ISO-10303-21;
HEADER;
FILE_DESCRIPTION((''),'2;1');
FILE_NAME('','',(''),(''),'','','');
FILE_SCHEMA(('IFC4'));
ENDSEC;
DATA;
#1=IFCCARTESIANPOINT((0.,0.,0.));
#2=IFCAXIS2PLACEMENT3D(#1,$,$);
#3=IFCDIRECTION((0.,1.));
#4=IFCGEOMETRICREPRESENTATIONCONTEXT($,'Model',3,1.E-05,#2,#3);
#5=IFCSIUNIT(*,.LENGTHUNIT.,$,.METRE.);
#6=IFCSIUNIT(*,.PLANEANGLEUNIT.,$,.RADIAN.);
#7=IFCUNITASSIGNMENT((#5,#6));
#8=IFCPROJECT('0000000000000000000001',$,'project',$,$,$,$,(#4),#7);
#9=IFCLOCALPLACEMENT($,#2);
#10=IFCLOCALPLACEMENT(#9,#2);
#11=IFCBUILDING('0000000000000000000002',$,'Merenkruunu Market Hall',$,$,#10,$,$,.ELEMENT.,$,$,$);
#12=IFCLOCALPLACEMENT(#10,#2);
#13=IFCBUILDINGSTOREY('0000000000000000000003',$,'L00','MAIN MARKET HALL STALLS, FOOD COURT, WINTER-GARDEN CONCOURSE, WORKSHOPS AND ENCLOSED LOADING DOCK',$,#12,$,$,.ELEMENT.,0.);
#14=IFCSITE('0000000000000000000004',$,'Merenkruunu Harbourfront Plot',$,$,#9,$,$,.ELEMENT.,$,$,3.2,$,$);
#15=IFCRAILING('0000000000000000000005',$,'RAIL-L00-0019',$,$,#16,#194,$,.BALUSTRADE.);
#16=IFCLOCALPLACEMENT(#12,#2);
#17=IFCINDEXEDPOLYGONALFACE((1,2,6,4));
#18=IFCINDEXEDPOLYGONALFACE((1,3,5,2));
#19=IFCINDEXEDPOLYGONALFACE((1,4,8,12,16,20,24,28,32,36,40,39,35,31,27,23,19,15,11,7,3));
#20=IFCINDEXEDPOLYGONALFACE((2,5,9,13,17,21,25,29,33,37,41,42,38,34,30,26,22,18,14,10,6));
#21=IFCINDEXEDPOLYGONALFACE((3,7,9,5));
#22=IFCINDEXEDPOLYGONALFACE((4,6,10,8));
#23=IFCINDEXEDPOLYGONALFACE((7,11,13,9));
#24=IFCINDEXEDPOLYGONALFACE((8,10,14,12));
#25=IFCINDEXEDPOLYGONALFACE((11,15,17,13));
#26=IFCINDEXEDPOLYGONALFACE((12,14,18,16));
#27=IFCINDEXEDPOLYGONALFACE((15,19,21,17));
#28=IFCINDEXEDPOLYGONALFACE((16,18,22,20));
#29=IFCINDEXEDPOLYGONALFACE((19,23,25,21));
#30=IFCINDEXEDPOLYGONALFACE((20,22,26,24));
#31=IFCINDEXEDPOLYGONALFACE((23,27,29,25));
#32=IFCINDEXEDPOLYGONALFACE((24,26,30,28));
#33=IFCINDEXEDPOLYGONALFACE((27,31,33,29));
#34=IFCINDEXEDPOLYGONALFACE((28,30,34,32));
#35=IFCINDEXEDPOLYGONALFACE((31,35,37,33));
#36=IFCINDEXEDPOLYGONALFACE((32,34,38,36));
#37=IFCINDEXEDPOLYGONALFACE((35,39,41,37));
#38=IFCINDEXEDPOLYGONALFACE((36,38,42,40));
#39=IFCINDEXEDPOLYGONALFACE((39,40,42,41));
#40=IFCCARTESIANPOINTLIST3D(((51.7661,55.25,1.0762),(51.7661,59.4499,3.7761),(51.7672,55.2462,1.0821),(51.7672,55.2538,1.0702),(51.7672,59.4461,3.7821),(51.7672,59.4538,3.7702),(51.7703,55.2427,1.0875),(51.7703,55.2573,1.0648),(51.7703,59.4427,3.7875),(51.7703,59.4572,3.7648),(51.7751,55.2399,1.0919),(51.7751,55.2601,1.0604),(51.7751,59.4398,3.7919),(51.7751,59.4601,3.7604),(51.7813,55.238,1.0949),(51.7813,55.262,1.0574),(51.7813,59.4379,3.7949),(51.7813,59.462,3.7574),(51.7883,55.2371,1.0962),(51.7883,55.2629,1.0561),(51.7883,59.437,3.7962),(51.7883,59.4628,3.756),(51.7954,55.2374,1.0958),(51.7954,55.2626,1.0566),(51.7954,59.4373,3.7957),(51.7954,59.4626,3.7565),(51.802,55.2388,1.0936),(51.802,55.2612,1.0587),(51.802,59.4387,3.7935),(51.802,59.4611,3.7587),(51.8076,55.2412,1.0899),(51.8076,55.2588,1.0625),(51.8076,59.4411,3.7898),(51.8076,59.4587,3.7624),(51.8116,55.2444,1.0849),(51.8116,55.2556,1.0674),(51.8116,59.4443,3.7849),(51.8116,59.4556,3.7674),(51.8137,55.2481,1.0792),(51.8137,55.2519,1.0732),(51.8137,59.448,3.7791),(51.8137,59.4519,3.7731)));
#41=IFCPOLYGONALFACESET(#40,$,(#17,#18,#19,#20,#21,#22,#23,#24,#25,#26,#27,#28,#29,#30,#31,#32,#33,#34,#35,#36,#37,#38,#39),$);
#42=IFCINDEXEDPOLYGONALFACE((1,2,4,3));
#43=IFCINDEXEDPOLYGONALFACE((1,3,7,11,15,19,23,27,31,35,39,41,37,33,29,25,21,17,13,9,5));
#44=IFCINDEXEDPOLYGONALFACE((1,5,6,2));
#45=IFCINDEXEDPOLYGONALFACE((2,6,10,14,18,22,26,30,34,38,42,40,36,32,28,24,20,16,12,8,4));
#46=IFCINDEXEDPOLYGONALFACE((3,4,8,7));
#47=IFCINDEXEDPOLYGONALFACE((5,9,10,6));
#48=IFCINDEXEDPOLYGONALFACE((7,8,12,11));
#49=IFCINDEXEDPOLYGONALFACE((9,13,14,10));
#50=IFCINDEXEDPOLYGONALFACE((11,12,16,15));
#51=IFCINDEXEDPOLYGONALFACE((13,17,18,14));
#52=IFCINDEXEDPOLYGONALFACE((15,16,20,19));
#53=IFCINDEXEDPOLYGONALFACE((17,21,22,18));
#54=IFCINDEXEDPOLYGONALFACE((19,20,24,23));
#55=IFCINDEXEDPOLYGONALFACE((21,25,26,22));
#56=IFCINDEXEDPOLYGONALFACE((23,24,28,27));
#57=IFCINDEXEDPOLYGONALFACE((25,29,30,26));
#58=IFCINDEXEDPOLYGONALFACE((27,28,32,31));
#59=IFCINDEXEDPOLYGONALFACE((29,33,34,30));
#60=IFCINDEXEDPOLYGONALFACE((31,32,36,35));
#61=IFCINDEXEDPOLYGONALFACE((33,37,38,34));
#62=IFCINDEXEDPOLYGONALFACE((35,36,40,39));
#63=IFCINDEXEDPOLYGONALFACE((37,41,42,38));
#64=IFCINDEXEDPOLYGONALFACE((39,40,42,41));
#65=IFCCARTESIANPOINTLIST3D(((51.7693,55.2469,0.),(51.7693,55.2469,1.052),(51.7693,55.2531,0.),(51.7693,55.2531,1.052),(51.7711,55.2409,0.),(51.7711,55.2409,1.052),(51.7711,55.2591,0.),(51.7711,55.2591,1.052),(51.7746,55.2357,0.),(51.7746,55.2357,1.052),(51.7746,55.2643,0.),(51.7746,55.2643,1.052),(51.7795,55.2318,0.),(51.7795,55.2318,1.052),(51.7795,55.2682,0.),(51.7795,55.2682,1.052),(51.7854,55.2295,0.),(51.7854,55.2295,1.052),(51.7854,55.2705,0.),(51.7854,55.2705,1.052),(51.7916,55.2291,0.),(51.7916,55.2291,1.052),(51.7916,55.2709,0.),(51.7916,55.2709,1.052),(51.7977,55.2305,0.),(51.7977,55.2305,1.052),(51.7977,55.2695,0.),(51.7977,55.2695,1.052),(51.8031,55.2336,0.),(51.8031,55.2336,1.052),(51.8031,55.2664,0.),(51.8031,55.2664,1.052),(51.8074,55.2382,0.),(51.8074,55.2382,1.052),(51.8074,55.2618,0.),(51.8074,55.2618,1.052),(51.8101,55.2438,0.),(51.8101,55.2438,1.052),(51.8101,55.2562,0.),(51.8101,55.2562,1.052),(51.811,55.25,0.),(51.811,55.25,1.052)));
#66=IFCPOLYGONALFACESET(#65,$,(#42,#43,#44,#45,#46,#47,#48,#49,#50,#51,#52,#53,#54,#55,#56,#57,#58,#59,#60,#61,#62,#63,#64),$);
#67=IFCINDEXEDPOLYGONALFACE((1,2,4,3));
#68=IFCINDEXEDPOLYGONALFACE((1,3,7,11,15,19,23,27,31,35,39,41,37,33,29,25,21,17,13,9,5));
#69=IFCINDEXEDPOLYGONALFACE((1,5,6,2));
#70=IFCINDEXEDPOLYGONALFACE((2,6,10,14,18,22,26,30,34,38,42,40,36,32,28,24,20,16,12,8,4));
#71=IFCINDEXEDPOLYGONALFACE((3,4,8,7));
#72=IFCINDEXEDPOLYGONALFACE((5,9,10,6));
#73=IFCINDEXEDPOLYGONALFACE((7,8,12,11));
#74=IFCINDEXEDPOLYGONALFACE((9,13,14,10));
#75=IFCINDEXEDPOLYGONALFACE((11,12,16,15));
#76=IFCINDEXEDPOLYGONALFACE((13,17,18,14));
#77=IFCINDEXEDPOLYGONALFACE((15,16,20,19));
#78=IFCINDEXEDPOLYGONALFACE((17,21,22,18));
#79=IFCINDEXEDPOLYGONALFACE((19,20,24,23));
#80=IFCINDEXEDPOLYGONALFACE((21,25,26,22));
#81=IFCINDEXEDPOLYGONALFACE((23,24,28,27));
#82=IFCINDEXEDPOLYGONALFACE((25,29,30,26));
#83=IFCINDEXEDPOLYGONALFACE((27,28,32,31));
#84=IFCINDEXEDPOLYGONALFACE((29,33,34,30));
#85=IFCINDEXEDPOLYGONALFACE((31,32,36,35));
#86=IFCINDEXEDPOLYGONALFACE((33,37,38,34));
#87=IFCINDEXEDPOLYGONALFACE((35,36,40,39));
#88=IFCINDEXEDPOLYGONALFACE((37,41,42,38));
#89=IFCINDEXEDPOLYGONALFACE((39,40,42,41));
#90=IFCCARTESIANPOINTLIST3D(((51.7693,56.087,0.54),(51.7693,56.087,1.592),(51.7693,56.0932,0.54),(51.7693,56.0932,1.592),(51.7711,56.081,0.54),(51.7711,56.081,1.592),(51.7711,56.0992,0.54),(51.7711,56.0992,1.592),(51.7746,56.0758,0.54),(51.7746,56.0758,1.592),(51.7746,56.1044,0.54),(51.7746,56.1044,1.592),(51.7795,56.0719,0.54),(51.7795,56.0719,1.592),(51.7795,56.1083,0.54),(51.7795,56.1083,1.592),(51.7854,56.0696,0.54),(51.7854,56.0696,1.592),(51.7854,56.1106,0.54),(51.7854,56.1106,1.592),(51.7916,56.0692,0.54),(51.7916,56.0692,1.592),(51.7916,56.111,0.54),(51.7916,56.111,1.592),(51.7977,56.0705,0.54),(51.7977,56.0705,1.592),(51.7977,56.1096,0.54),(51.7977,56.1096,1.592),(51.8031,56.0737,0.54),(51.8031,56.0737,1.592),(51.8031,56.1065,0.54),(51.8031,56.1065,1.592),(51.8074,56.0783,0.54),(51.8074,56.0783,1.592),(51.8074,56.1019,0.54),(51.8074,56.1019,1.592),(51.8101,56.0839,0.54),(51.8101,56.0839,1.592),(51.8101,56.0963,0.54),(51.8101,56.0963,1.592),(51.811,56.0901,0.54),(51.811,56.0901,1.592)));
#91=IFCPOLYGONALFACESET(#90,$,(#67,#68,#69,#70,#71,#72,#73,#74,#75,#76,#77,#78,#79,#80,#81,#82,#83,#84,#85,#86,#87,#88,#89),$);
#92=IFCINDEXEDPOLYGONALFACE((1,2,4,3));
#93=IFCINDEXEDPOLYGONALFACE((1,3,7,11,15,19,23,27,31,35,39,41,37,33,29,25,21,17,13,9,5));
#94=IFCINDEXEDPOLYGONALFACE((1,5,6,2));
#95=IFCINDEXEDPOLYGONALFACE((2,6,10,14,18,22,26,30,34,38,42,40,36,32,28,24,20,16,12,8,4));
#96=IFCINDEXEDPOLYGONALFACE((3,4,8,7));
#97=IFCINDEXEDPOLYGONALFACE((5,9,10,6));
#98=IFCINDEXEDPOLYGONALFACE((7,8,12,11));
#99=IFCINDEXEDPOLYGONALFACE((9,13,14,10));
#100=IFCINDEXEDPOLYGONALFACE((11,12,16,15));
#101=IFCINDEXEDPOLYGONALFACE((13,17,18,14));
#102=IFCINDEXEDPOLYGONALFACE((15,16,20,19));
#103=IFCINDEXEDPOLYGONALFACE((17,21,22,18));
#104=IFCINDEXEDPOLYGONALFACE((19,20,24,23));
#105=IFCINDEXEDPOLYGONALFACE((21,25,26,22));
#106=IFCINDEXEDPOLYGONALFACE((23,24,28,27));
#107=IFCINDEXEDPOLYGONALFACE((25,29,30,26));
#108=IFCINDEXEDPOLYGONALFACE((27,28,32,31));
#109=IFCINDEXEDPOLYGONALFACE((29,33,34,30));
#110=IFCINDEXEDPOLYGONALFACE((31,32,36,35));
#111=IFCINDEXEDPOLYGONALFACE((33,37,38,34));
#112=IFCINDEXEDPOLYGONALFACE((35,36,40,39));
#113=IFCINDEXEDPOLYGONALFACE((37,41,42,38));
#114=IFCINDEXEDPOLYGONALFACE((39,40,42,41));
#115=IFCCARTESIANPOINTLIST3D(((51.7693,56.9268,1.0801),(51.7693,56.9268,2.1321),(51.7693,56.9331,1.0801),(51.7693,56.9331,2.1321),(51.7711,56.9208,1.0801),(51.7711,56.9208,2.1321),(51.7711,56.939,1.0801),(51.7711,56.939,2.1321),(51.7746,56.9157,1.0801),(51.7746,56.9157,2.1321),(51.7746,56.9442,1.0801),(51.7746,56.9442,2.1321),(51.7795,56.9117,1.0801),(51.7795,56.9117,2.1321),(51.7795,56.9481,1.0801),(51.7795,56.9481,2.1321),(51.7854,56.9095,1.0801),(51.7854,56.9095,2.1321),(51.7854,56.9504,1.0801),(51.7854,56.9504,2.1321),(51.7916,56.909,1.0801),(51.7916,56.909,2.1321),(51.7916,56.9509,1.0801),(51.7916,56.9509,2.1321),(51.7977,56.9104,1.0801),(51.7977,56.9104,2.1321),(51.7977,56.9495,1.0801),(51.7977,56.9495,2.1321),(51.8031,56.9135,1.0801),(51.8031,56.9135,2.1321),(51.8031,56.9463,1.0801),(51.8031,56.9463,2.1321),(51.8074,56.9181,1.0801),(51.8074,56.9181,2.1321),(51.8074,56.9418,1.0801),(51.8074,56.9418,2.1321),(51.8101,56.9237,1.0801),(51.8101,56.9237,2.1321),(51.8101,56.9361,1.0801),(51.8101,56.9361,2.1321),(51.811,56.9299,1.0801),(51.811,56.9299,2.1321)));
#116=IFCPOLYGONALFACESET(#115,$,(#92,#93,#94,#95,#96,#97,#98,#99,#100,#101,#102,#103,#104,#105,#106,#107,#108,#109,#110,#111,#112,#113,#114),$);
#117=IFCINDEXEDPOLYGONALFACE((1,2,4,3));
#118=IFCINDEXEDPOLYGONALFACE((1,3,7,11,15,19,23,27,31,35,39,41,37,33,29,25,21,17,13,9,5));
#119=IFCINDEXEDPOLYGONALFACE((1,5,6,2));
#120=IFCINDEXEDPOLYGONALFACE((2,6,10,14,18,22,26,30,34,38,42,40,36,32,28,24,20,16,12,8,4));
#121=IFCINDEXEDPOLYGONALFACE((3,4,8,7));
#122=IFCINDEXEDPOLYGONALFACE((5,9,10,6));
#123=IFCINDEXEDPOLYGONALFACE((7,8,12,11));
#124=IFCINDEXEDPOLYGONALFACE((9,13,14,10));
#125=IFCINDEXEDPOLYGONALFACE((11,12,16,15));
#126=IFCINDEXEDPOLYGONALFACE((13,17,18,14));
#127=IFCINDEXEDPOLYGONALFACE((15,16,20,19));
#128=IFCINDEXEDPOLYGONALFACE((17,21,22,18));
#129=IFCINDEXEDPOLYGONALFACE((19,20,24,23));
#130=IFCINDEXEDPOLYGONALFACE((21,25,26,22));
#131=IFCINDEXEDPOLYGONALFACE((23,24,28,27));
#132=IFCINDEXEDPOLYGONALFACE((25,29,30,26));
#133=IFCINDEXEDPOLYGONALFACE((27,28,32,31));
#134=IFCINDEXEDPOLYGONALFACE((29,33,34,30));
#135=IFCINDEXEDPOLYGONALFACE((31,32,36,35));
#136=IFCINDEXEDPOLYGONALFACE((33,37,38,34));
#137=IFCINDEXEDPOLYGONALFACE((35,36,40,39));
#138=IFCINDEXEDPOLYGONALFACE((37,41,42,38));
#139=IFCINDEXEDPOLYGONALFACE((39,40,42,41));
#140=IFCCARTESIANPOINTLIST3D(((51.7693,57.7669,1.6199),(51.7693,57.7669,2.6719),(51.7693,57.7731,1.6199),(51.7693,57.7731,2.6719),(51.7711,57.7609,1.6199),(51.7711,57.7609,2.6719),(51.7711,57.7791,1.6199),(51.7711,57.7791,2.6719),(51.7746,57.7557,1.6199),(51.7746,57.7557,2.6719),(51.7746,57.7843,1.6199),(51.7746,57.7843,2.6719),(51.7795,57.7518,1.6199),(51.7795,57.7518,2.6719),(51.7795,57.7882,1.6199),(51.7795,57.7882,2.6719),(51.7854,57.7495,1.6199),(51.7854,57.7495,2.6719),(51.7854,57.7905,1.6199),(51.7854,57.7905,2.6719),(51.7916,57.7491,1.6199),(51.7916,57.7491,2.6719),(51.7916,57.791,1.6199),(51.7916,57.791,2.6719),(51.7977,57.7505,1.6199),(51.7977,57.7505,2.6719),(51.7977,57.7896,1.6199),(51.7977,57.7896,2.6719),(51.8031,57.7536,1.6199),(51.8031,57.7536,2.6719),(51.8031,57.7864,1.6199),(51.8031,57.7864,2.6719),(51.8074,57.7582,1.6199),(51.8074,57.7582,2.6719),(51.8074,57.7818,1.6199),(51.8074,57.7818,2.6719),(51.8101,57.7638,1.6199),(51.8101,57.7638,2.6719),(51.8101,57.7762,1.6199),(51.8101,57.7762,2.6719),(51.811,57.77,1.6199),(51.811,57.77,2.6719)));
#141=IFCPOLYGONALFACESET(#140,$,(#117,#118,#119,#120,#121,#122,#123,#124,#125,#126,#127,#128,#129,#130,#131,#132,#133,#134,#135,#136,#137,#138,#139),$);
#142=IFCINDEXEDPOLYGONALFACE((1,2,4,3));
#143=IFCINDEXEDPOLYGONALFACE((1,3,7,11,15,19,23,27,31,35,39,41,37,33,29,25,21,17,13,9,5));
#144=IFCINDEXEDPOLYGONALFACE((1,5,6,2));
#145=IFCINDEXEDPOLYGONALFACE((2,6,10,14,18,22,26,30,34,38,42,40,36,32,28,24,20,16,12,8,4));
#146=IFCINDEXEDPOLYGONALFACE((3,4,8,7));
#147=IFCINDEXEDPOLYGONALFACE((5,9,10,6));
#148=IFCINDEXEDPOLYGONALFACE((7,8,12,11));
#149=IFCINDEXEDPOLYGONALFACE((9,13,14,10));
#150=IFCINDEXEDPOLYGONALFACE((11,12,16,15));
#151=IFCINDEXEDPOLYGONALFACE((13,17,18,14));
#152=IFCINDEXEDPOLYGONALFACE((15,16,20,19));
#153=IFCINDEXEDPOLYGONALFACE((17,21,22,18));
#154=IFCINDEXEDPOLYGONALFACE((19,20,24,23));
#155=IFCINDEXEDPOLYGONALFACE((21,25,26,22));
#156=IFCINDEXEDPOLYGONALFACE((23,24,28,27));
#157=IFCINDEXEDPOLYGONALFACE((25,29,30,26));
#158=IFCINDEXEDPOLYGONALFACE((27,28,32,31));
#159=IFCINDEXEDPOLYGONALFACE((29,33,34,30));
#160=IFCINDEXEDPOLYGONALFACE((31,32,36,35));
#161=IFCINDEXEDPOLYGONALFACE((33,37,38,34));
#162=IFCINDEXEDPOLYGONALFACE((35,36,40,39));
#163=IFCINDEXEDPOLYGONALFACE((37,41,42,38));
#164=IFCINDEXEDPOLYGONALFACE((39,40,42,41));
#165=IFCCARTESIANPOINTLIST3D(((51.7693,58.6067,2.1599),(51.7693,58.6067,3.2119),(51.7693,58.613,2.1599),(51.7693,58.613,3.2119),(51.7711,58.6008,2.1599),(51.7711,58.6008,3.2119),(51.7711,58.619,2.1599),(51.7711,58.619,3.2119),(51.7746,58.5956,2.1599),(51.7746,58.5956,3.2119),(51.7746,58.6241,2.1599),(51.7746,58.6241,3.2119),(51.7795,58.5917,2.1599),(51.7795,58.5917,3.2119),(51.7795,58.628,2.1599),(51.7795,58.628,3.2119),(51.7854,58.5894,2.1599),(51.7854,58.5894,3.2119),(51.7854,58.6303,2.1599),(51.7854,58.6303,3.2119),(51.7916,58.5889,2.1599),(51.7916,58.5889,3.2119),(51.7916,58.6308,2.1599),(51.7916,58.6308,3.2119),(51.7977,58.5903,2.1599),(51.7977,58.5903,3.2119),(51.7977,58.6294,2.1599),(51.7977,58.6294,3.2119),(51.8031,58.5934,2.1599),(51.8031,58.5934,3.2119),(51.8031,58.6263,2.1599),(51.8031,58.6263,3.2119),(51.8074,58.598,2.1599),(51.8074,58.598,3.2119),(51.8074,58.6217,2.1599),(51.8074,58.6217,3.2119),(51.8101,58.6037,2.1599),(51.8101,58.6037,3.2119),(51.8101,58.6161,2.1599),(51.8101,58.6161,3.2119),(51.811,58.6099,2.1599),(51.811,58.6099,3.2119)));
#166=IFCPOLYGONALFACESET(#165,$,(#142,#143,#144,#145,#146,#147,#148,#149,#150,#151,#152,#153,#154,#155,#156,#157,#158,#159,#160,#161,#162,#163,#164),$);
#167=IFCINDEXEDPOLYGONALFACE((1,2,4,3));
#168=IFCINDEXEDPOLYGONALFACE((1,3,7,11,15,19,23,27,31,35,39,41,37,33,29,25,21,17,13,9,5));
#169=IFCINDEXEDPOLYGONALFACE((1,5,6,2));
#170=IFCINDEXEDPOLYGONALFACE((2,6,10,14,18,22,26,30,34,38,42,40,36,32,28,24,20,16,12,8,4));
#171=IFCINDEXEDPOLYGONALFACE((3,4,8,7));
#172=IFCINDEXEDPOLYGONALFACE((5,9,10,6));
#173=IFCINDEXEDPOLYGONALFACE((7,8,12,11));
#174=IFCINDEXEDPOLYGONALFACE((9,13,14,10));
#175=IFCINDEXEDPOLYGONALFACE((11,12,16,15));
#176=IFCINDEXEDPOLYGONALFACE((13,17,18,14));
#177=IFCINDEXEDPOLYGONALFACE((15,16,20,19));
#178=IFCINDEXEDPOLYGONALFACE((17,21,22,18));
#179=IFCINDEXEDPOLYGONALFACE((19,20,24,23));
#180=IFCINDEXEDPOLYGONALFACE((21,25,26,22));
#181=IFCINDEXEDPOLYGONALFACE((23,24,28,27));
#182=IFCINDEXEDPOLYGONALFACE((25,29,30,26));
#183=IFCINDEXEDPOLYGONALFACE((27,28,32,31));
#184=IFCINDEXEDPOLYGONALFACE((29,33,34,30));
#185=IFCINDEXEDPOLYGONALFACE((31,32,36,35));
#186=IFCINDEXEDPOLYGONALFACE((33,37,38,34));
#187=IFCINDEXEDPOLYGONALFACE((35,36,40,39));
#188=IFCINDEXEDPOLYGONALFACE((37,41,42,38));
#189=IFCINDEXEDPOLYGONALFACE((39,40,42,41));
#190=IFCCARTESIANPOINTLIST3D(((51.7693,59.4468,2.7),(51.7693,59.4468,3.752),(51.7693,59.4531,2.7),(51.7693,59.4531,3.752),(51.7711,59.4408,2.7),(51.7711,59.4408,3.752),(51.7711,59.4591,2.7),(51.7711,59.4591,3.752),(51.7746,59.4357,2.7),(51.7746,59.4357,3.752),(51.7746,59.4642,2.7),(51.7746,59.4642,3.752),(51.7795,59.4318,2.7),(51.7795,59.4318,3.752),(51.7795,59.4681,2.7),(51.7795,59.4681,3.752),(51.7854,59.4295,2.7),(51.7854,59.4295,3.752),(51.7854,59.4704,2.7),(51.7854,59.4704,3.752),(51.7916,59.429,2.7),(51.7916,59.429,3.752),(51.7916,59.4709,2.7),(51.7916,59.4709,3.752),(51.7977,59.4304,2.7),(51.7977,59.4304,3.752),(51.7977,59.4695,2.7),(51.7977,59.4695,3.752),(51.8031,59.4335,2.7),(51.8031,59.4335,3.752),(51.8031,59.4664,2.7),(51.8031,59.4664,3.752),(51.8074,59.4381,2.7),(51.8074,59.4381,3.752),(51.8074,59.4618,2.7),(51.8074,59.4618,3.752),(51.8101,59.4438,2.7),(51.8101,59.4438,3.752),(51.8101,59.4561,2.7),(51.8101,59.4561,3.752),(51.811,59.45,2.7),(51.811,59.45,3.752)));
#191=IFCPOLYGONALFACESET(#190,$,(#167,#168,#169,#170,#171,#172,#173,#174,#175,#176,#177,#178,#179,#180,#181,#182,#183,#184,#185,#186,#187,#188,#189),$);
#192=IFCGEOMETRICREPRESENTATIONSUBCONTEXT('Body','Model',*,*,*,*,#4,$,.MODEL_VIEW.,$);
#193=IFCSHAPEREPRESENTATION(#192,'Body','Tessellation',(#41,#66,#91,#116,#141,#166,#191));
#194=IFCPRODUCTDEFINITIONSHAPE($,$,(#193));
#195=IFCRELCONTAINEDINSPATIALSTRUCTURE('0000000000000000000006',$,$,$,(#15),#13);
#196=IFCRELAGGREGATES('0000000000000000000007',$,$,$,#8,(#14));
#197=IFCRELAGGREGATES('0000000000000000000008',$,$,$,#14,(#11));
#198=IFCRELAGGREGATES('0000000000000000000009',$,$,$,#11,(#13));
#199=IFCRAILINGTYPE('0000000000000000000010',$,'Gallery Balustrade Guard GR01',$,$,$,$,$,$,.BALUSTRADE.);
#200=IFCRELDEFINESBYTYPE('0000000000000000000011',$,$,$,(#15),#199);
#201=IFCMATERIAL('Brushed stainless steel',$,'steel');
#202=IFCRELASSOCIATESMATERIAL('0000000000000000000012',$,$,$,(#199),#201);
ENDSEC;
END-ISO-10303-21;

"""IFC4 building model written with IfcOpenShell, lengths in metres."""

from ifc_helpers import new_model, si_unit, direction, frame, origin, origin_2d, place, context, subcontext, project, spatial, circle, extrude, material, type_object, element, save


model = new_model("IFC4")

# Units and contexts
model_context = context("Model", 3, precision=1e-05, world=origin(), true_north=direction((0.0, 1.0)))
body_context = subcontext(model_context, "Body", "Model", "MODEL_VIEW")
ifc_project = project(units=[si_unit("LENGTHUNIT", "METRE"), si_unit("PLANEANGLEUNIT", "RADIAN")], contexts=[model_context])

# Site, building, storey
site_placement = place(None, origin())
site = spatial("IfcSite", under=ifc_project, at=site_placement, Name="Merenkruunu Harbourfront Plot", CompositionType="ELEMENT", RefElevation=3.2)
building_placement = place(site_placement, origin())
building = spatial("IfcBuilding", under=site, at=building_placement, Name="Merenkruunu Market Hall", CompositionType="ELEMENT")
storey_placement = place(building_placement, origin())
storey = spatial("IfcBuildingStorey", under=building, at=storey_placement, Name="L00", Description="MAIN MARKET HALL STALLS, FOOD COURT, WINTER-GARDEN CONCOURSE, WORKSHOPS AND ENCLOSED LOADING DOCK", CompositionType="ELEMENT", Elevation=0.0)

# Railing
ifc_material_1 = material(Name="Brushed stainless steel", Category="steel")
railing_type_1 = type_object("IfcRailingType", Name="Gallery Balustrade Guard GR01", PredefinedType="BALUSTRADE", material=ifc_material_1)
railing_1_placement = place(storey_placement, frame((51.79, 55.25, 0.0)))
element("IfcRailing", 1, at=railing_1_placement, inside=storey, type_object=railing_type_1, Name="RAIL-L00-0019", PredefinedType="BALUSTRADE", context=body_context, shape_type="SweptSolid", body=[
    extrude(circle(Radius=0.0239, at=origin_2d()), frame((0.0, 0.0, 1.0762), z_axis=(0.0, 0.84118, 0.540755), x_axis=(-1.0, 0.0, 0.0)), (0.0, 0.0, 1.0), 4.9929),
    extrude(circle(Radius=0.021, at=origin_2d()), origin(), (0.0, 0.0, 1.0), 1.052),
    extrude(circle(Radius=0.021, at=origin_2d()), frame((0.0, 0.8401, 0.54)), (0.0, 0.0, 1.0), 1.052),
    extrude(circle(Radius=0.021, at=origin_2d()), frame((0.0, 1.6799, 1.0801)), (0.0, 0.0, 1.0), 1.052),
    extrude(circle(Radius=0.021, at=origin_2d()), frame((0.0, 2.52, 1.6199)), (0.0, 0.0, 1.0), 1.052),
    extrude(circle(Radius=0.021, at=origin_2d()), frame((0.0, 3.3599, 2.1599)), (0.0, 0.0, 1.0), 1.052),
    extrude(circle(Radius=0.021, at=origin_2d()), frame((0.0, 4.2, 2.7)), (0.0, 0.0, 1.0), 1.052),
])

save(model, "model.ifc")
